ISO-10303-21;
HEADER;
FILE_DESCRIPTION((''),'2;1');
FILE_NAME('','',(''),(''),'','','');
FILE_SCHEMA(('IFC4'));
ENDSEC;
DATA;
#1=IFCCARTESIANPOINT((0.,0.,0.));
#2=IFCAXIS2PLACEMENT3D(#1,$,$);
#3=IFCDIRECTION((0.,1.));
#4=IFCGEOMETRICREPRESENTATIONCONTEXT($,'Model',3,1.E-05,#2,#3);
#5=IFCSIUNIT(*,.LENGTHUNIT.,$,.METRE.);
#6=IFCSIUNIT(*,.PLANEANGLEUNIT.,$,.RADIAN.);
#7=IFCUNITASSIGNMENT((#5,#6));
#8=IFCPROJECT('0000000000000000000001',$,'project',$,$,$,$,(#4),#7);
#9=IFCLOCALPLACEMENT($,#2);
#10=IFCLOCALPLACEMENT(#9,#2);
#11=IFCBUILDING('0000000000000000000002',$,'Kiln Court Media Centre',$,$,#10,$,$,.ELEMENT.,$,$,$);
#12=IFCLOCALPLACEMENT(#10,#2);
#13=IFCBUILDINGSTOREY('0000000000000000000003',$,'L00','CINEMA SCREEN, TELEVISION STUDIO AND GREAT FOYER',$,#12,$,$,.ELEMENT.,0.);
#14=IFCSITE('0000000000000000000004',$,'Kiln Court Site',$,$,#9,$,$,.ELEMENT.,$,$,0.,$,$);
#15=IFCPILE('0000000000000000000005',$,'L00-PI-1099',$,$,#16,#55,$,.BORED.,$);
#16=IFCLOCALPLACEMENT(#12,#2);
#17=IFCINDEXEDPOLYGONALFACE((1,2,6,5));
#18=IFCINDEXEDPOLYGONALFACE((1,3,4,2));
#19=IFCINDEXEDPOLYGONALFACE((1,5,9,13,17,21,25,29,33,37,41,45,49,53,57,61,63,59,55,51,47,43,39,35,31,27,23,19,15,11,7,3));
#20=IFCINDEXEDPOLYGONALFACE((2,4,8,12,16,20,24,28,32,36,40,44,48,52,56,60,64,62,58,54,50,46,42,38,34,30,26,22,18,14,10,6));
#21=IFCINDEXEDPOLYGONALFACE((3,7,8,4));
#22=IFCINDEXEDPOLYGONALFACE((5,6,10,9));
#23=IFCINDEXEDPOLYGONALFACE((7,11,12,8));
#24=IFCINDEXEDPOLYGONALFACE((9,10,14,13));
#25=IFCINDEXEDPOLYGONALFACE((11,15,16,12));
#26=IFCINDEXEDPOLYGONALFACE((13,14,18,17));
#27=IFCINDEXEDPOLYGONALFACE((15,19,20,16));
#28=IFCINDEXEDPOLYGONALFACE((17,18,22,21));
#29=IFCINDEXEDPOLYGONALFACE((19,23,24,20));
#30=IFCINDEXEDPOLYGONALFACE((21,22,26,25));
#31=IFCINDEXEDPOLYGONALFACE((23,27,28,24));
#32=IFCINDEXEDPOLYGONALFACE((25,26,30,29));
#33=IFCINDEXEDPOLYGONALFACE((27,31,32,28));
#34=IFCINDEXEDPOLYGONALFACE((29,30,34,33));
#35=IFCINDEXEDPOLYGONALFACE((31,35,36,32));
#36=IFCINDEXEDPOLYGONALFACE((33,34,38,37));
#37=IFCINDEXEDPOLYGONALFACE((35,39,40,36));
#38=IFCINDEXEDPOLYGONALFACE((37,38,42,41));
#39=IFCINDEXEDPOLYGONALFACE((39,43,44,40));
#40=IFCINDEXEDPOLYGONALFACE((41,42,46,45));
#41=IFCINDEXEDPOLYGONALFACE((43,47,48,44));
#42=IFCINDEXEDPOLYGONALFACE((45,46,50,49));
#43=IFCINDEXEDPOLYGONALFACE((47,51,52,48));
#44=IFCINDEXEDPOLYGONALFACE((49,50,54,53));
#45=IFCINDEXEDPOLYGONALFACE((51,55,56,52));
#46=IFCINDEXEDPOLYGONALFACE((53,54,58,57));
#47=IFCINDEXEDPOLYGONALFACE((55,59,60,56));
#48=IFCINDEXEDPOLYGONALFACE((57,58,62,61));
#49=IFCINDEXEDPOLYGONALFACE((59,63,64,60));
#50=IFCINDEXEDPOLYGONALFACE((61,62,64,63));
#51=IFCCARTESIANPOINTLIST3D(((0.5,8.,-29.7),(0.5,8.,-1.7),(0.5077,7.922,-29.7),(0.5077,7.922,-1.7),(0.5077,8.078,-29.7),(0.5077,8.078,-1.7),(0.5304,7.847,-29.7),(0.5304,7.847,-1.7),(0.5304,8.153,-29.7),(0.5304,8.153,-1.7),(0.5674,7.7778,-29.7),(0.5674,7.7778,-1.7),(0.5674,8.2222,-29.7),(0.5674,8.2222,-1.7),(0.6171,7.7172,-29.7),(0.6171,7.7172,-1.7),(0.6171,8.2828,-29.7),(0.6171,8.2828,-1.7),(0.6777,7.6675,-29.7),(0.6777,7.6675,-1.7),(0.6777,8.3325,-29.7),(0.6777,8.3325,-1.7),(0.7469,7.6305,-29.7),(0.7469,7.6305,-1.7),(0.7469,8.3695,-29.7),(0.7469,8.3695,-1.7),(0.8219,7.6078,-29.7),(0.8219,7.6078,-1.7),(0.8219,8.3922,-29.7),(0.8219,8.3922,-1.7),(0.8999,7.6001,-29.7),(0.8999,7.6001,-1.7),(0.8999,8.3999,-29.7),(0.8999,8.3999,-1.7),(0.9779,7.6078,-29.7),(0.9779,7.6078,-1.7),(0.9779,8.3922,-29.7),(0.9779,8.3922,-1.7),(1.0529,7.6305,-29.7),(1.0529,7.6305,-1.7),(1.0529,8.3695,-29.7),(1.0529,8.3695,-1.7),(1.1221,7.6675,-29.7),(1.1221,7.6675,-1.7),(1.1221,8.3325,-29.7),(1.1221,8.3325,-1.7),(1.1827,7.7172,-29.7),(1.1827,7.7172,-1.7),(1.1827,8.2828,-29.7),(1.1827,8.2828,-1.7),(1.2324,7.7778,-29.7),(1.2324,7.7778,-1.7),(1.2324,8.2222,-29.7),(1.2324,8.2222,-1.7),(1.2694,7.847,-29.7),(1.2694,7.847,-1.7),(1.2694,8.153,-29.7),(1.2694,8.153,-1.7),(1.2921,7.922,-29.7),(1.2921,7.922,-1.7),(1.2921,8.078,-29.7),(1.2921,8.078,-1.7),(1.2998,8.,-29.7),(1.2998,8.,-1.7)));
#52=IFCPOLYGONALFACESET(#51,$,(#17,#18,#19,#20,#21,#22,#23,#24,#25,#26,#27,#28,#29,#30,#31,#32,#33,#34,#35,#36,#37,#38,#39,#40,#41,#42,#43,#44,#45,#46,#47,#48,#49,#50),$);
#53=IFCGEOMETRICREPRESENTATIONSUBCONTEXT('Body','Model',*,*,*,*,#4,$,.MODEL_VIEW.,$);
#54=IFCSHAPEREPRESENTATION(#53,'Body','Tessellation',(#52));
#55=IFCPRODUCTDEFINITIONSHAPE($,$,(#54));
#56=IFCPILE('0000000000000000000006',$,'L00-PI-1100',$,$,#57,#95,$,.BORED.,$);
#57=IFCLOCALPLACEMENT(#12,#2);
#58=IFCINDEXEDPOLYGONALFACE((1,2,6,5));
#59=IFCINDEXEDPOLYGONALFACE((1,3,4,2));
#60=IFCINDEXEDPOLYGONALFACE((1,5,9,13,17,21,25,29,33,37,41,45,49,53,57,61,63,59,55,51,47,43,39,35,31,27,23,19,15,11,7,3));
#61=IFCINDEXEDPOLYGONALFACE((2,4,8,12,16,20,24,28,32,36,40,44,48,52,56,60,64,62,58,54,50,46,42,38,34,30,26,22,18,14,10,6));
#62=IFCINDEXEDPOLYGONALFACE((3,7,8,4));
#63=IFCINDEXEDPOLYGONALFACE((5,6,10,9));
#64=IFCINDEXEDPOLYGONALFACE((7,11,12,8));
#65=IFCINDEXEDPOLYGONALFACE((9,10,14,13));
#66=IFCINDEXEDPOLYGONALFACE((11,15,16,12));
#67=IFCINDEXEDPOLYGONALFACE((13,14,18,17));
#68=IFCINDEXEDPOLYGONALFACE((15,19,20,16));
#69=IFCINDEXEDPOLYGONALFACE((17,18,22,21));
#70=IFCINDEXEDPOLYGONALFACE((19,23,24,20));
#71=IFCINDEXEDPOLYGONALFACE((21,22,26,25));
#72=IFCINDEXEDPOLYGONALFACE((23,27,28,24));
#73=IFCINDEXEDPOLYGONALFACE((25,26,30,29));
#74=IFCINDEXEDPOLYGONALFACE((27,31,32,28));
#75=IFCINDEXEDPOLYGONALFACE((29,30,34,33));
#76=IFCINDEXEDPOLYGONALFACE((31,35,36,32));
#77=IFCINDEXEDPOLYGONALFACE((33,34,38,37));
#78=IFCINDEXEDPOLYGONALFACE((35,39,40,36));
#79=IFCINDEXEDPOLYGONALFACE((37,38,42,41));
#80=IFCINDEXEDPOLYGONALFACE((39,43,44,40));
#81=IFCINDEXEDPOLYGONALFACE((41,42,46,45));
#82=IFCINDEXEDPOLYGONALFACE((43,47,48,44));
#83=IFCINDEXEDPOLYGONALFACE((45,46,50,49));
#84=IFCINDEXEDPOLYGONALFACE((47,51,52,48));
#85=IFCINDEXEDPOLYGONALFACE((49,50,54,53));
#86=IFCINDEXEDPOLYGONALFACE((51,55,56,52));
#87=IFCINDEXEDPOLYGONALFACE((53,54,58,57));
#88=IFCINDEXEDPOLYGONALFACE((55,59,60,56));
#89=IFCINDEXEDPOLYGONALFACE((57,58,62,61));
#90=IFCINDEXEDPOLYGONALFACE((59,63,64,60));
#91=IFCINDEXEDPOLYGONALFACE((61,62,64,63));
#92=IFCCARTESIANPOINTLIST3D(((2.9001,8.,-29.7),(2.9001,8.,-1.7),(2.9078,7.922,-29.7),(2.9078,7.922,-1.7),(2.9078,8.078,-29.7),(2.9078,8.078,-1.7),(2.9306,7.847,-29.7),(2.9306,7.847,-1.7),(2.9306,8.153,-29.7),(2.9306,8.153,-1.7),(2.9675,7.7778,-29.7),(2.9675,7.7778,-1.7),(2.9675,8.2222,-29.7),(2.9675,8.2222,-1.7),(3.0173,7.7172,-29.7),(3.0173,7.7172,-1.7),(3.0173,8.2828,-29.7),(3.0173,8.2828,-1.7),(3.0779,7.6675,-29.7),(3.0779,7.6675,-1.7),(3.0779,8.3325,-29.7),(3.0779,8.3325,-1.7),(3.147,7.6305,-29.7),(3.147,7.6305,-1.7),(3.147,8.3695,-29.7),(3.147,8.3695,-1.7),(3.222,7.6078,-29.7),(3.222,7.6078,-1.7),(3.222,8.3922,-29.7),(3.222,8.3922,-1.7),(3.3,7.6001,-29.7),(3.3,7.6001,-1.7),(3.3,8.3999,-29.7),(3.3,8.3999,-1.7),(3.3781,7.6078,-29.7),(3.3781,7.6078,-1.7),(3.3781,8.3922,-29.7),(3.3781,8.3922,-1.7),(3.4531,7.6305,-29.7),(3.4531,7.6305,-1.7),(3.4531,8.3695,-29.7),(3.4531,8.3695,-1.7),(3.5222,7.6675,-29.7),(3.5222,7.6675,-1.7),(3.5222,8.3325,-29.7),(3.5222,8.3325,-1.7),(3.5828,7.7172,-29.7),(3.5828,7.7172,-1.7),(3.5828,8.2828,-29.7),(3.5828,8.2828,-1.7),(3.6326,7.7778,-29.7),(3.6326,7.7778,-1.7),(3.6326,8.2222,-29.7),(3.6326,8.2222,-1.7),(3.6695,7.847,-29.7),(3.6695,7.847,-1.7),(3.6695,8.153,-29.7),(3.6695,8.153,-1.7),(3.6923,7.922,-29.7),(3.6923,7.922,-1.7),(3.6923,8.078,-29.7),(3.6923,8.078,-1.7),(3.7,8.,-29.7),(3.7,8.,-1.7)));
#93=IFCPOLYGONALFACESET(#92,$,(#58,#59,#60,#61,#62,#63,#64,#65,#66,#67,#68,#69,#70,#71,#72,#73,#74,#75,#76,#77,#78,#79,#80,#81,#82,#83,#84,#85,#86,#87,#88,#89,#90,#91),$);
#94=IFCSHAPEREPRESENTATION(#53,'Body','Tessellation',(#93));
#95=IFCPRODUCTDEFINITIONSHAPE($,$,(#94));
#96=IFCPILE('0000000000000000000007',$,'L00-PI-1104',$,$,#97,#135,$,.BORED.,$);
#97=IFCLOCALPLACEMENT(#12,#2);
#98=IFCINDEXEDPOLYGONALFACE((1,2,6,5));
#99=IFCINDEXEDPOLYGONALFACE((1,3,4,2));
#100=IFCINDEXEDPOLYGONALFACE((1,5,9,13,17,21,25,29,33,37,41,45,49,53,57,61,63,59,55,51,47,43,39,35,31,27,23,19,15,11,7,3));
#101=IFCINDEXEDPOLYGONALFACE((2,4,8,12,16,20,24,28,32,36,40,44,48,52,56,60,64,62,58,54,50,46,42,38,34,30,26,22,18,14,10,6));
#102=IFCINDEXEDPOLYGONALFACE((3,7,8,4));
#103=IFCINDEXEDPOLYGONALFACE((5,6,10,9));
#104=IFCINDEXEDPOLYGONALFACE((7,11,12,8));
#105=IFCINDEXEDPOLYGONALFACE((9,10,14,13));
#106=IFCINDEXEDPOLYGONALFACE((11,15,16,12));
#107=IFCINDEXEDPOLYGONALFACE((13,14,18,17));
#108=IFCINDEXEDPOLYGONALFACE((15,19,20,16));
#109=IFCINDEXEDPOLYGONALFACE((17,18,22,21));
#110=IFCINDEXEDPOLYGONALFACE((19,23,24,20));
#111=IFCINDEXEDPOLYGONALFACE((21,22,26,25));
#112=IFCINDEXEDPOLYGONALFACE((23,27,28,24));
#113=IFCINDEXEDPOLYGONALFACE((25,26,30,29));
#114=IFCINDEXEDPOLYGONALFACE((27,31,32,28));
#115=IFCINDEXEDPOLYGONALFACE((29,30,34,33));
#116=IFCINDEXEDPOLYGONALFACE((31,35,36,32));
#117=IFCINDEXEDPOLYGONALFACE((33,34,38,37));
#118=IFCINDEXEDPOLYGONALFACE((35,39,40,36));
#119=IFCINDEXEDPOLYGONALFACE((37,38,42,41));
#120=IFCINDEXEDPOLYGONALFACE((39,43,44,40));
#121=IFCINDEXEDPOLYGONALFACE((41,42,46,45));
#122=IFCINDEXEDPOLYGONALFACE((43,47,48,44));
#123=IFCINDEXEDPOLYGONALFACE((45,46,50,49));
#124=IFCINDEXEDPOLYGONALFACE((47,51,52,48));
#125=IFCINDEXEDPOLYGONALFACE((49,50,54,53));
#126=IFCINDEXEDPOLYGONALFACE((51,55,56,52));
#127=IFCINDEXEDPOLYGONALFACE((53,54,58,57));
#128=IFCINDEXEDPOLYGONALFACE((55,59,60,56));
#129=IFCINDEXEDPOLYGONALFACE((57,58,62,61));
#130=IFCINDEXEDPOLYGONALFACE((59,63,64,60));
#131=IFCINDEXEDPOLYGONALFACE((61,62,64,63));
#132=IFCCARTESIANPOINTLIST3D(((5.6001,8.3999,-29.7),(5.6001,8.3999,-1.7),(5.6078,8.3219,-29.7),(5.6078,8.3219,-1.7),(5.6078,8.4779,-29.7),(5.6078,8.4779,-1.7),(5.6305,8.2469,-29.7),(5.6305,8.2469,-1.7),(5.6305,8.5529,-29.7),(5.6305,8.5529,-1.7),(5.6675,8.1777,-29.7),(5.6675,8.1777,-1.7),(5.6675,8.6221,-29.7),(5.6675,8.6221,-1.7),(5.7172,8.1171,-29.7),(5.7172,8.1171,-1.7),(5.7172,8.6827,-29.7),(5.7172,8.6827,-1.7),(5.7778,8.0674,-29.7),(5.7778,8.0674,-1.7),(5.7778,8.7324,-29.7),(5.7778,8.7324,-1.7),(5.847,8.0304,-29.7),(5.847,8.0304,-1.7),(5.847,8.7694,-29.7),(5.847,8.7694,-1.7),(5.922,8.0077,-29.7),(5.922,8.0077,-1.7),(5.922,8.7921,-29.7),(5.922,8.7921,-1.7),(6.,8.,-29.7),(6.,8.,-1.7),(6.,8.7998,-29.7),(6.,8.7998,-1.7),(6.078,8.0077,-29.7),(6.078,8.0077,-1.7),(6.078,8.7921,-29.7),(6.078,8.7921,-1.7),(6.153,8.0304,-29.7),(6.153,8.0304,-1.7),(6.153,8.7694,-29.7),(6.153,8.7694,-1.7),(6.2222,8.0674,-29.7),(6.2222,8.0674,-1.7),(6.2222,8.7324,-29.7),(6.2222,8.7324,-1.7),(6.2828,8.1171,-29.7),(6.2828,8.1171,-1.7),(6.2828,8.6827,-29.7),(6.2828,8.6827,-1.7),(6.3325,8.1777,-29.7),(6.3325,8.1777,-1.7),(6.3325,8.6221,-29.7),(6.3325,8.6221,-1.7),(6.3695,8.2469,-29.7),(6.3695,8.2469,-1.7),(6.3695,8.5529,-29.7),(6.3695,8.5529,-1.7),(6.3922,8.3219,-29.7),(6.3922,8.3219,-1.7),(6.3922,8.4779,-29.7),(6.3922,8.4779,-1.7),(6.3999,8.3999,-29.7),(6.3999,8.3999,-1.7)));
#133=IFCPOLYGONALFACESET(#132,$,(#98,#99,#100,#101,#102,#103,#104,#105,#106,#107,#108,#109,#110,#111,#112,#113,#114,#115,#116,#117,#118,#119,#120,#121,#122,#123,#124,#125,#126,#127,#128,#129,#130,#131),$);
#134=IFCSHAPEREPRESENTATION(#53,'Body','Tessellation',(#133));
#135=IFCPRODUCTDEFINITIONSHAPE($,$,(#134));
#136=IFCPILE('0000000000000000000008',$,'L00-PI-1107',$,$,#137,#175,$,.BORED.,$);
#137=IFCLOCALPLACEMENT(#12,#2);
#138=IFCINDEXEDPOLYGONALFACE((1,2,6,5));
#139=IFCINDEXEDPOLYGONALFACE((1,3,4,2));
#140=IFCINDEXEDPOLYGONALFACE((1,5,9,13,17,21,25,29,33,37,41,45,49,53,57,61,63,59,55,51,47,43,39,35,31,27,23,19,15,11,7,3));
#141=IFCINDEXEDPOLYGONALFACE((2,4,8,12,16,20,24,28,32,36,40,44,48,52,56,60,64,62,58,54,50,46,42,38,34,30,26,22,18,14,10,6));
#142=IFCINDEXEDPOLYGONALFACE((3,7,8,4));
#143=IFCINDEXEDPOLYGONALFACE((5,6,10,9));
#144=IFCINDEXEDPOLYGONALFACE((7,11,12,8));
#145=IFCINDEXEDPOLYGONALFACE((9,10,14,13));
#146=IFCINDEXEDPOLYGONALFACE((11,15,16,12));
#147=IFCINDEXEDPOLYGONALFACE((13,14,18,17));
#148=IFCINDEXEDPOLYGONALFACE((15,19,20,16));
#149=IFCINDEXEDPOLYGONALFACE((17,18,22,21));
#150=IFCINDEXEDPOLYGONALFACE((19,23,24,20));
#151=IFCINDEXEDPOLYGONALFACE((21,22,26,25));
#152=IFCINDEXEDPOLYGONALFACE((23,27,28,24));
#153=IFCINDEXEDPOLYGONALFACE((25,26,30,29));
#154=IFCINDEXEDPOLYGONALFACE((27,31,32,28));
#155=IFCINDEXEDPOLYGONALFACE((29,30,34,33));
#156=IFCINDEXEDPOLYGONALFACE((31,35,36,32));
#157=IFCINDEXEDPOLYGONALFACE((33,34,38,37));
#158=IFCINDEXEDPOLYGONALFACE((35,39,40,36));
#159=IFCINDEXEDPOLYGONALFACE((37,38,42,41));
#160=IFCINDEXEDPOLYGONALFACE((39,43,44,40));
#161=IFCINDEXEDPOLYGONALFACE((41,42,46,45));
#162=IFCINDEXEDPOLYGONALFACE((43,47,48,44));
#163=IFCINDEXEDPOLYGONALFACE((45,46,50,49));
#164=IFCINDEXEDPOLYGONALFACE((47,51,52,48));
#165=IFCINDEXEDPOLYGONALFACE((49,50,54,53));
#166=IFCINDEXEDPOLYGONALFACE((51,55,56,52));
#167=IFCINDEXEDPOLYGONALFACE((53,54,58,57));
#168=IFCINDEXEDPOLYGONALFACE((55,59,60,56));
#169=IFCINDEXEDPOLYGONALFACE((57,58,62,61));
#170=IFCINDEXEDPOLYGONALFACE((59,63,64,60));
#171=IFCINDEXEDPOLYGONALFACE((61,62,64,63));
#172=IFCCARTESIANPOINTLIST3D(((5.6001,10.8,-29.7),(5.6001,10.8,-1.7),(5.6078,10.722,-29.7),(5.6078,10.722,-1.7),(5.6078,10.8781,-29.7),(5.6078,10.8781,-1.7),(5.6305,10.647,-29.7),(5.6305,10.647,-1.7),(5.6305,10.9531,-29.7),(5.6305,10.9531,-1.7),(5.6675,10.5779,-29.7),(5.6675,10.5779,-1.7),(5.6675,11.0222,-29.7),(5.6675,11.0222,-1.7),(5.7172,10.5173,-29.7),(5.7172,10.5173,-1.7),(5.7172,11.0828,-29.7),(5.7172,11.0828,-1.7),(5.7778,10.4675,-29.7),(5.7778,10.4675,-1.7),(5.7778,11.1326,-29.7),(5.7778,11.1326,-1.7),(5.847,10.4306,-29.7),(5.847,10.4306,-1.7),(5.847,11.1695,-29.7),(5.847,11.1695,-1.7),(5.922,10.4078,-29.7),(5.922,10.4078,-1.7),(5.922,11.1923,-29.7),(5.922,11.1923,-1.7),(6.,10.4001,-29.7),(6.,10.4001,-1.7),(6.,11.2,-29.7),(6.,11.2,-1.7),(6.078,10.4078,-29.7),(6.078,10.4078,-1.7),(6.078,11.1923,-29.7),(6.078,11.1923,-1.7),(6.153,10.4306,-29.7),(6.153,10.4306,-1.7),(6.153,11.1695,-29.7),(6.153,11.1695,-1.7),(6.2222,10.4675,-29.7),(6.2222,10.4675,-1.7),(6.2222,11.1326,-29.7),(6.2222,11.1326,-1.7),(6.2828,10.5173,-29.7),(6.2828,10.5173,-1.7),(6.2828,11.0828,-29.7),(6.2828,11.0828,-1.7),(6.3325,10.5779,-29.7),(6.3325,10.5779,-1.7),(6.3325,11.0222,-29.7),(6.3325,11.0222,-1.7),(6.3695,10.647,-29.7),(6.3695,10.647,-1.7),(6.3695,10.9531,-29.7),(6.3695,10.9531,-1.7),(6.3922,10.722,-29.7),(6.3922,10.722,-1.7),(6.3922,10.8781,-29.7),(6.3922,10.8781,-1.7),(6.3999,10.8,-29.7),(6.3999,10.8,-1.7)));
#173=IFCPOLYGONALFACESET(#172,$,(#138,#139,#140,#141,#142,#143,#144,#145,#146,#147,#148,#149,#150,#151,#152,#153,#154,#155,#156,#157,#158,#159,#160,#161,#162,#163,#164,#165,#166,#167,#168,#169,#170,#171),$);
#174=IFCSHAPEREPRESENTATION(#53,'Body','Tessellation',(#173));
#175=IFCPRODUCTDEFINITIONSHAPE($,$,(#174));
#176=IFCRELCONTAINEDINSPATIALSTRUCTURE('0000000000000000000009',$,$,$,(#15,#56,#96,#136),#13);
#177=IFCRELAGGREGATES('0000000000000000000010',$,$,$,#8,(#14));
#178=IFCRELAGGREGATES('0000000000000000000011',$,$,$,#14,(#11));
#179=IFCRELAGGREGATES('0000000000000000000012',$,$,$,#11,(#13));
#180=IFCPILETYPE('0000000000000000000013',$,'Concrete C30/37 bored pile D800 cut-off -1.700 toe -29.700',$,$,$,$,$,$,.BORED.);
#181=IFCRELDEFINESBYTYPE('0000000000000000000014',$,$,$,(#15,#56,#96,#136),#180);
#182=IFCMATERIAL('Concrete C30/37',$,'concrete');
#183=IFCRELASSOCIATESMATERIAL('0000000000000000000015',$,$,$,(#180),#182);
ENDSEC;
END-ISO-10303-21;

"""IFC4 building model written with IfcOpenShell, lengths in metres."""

from ifc_helpers import new_model, si_unit, direction, frame, origin, origin_2d, place, context, subcontext, project, spatial, circle, extrude, material, material_profile, profile_set, type_object, element, save


model = new_model("IFC4")

# Units and contexts
model_context = context("Model", 3, precision=1e-05, world=origin(), true_north=direction((0.0, 1.0)))
body_context = subcontext(model_context, "Body", "Model", "MODEL_VIEW")
ifc_project = project(units=[si_unit("LENGTHUNIT", "METRE"), si_unit("PLANEANGLEUNIT", "RADIAN")], contexts=[model_context])

# Site, building, storey
site_placement = place(None, origin())
site = spatial("IfcSite", under=ifc_project, at=site_placement, Name="Kiln Court Site", CompositionType="ELEMENT", RefElevation=0.0)
building_placement = place(site_placement, origin())
building = spatial("IfcBuilding", under=site, at=building_placement, Name="Kiln Court Media Centre", CompositionType="ELEMENT")
storey_placement = place(building_placement, origin())
storey = spatial("IfcBuildingStorey", under=building, at=storey_placement, Name="L00", Description="CINEMA SCREEN, TELEVISION STUDIO AND GREAT FOYER", CompositionType="ELEMENT", Elevation=0.0)

# Piles
ifc_material_1 = material(Name="Concrete C30/37", Category="concrete")
ifc_material_profile_1 = material_profile(ifc_material_1, circle(Radius=0.3999, at=origin_2d()), Name="PILE D800")
ifc_profile_set_1 = profile_set([ifc_material_profile_1], Name="Concrete C30/37")
pile_type_1 = type_object("IfcPileType", Name="Concrete C30/37 bored pile D800 cut-off -1.700 toe -29.700", PredefinedType="BORED", material=ifc_profile_set_1)
for number, where, z_axis, x_axis, name in (
    (1, (0.8999, 8.0, -1.7), (0.0, 0.0, -1.0), (1.0, 0.0, 0.0), "L00-PI-1099"),
    (2, (3.3, 8.0, -1.7), (0.0, 0.0, -1.0), (1.0, 0.0, 0.0), "L00-PI-1100"),
    (3, (6.0, 8.3999, -1.7), (0.0, 0.0, -1.0), (1.0, 0.0, 0.0), "L00-PI-1104"),
    (4, (6.0, 10.8, -1.7), (0.0, 0.0, -1.0), (1.0, 0.0, 0.0), "L00-PI-1107"),
):
    element("IfcPile", number, at=place(storey_placement, frame(where, z_axis=z_axis, x_axis=x_axis)), inside=storey, type_object=pile_type_1, Name=name, PredefinedType="BORED", context=body_context, shape_type="SweptSolid", body=[
        extrude(circle(Radius=0.3999, at=origin_2d()), origin(), (0.0, 0.0, 1.0), 28.0),
    ])

save(model, "model.ifc")
